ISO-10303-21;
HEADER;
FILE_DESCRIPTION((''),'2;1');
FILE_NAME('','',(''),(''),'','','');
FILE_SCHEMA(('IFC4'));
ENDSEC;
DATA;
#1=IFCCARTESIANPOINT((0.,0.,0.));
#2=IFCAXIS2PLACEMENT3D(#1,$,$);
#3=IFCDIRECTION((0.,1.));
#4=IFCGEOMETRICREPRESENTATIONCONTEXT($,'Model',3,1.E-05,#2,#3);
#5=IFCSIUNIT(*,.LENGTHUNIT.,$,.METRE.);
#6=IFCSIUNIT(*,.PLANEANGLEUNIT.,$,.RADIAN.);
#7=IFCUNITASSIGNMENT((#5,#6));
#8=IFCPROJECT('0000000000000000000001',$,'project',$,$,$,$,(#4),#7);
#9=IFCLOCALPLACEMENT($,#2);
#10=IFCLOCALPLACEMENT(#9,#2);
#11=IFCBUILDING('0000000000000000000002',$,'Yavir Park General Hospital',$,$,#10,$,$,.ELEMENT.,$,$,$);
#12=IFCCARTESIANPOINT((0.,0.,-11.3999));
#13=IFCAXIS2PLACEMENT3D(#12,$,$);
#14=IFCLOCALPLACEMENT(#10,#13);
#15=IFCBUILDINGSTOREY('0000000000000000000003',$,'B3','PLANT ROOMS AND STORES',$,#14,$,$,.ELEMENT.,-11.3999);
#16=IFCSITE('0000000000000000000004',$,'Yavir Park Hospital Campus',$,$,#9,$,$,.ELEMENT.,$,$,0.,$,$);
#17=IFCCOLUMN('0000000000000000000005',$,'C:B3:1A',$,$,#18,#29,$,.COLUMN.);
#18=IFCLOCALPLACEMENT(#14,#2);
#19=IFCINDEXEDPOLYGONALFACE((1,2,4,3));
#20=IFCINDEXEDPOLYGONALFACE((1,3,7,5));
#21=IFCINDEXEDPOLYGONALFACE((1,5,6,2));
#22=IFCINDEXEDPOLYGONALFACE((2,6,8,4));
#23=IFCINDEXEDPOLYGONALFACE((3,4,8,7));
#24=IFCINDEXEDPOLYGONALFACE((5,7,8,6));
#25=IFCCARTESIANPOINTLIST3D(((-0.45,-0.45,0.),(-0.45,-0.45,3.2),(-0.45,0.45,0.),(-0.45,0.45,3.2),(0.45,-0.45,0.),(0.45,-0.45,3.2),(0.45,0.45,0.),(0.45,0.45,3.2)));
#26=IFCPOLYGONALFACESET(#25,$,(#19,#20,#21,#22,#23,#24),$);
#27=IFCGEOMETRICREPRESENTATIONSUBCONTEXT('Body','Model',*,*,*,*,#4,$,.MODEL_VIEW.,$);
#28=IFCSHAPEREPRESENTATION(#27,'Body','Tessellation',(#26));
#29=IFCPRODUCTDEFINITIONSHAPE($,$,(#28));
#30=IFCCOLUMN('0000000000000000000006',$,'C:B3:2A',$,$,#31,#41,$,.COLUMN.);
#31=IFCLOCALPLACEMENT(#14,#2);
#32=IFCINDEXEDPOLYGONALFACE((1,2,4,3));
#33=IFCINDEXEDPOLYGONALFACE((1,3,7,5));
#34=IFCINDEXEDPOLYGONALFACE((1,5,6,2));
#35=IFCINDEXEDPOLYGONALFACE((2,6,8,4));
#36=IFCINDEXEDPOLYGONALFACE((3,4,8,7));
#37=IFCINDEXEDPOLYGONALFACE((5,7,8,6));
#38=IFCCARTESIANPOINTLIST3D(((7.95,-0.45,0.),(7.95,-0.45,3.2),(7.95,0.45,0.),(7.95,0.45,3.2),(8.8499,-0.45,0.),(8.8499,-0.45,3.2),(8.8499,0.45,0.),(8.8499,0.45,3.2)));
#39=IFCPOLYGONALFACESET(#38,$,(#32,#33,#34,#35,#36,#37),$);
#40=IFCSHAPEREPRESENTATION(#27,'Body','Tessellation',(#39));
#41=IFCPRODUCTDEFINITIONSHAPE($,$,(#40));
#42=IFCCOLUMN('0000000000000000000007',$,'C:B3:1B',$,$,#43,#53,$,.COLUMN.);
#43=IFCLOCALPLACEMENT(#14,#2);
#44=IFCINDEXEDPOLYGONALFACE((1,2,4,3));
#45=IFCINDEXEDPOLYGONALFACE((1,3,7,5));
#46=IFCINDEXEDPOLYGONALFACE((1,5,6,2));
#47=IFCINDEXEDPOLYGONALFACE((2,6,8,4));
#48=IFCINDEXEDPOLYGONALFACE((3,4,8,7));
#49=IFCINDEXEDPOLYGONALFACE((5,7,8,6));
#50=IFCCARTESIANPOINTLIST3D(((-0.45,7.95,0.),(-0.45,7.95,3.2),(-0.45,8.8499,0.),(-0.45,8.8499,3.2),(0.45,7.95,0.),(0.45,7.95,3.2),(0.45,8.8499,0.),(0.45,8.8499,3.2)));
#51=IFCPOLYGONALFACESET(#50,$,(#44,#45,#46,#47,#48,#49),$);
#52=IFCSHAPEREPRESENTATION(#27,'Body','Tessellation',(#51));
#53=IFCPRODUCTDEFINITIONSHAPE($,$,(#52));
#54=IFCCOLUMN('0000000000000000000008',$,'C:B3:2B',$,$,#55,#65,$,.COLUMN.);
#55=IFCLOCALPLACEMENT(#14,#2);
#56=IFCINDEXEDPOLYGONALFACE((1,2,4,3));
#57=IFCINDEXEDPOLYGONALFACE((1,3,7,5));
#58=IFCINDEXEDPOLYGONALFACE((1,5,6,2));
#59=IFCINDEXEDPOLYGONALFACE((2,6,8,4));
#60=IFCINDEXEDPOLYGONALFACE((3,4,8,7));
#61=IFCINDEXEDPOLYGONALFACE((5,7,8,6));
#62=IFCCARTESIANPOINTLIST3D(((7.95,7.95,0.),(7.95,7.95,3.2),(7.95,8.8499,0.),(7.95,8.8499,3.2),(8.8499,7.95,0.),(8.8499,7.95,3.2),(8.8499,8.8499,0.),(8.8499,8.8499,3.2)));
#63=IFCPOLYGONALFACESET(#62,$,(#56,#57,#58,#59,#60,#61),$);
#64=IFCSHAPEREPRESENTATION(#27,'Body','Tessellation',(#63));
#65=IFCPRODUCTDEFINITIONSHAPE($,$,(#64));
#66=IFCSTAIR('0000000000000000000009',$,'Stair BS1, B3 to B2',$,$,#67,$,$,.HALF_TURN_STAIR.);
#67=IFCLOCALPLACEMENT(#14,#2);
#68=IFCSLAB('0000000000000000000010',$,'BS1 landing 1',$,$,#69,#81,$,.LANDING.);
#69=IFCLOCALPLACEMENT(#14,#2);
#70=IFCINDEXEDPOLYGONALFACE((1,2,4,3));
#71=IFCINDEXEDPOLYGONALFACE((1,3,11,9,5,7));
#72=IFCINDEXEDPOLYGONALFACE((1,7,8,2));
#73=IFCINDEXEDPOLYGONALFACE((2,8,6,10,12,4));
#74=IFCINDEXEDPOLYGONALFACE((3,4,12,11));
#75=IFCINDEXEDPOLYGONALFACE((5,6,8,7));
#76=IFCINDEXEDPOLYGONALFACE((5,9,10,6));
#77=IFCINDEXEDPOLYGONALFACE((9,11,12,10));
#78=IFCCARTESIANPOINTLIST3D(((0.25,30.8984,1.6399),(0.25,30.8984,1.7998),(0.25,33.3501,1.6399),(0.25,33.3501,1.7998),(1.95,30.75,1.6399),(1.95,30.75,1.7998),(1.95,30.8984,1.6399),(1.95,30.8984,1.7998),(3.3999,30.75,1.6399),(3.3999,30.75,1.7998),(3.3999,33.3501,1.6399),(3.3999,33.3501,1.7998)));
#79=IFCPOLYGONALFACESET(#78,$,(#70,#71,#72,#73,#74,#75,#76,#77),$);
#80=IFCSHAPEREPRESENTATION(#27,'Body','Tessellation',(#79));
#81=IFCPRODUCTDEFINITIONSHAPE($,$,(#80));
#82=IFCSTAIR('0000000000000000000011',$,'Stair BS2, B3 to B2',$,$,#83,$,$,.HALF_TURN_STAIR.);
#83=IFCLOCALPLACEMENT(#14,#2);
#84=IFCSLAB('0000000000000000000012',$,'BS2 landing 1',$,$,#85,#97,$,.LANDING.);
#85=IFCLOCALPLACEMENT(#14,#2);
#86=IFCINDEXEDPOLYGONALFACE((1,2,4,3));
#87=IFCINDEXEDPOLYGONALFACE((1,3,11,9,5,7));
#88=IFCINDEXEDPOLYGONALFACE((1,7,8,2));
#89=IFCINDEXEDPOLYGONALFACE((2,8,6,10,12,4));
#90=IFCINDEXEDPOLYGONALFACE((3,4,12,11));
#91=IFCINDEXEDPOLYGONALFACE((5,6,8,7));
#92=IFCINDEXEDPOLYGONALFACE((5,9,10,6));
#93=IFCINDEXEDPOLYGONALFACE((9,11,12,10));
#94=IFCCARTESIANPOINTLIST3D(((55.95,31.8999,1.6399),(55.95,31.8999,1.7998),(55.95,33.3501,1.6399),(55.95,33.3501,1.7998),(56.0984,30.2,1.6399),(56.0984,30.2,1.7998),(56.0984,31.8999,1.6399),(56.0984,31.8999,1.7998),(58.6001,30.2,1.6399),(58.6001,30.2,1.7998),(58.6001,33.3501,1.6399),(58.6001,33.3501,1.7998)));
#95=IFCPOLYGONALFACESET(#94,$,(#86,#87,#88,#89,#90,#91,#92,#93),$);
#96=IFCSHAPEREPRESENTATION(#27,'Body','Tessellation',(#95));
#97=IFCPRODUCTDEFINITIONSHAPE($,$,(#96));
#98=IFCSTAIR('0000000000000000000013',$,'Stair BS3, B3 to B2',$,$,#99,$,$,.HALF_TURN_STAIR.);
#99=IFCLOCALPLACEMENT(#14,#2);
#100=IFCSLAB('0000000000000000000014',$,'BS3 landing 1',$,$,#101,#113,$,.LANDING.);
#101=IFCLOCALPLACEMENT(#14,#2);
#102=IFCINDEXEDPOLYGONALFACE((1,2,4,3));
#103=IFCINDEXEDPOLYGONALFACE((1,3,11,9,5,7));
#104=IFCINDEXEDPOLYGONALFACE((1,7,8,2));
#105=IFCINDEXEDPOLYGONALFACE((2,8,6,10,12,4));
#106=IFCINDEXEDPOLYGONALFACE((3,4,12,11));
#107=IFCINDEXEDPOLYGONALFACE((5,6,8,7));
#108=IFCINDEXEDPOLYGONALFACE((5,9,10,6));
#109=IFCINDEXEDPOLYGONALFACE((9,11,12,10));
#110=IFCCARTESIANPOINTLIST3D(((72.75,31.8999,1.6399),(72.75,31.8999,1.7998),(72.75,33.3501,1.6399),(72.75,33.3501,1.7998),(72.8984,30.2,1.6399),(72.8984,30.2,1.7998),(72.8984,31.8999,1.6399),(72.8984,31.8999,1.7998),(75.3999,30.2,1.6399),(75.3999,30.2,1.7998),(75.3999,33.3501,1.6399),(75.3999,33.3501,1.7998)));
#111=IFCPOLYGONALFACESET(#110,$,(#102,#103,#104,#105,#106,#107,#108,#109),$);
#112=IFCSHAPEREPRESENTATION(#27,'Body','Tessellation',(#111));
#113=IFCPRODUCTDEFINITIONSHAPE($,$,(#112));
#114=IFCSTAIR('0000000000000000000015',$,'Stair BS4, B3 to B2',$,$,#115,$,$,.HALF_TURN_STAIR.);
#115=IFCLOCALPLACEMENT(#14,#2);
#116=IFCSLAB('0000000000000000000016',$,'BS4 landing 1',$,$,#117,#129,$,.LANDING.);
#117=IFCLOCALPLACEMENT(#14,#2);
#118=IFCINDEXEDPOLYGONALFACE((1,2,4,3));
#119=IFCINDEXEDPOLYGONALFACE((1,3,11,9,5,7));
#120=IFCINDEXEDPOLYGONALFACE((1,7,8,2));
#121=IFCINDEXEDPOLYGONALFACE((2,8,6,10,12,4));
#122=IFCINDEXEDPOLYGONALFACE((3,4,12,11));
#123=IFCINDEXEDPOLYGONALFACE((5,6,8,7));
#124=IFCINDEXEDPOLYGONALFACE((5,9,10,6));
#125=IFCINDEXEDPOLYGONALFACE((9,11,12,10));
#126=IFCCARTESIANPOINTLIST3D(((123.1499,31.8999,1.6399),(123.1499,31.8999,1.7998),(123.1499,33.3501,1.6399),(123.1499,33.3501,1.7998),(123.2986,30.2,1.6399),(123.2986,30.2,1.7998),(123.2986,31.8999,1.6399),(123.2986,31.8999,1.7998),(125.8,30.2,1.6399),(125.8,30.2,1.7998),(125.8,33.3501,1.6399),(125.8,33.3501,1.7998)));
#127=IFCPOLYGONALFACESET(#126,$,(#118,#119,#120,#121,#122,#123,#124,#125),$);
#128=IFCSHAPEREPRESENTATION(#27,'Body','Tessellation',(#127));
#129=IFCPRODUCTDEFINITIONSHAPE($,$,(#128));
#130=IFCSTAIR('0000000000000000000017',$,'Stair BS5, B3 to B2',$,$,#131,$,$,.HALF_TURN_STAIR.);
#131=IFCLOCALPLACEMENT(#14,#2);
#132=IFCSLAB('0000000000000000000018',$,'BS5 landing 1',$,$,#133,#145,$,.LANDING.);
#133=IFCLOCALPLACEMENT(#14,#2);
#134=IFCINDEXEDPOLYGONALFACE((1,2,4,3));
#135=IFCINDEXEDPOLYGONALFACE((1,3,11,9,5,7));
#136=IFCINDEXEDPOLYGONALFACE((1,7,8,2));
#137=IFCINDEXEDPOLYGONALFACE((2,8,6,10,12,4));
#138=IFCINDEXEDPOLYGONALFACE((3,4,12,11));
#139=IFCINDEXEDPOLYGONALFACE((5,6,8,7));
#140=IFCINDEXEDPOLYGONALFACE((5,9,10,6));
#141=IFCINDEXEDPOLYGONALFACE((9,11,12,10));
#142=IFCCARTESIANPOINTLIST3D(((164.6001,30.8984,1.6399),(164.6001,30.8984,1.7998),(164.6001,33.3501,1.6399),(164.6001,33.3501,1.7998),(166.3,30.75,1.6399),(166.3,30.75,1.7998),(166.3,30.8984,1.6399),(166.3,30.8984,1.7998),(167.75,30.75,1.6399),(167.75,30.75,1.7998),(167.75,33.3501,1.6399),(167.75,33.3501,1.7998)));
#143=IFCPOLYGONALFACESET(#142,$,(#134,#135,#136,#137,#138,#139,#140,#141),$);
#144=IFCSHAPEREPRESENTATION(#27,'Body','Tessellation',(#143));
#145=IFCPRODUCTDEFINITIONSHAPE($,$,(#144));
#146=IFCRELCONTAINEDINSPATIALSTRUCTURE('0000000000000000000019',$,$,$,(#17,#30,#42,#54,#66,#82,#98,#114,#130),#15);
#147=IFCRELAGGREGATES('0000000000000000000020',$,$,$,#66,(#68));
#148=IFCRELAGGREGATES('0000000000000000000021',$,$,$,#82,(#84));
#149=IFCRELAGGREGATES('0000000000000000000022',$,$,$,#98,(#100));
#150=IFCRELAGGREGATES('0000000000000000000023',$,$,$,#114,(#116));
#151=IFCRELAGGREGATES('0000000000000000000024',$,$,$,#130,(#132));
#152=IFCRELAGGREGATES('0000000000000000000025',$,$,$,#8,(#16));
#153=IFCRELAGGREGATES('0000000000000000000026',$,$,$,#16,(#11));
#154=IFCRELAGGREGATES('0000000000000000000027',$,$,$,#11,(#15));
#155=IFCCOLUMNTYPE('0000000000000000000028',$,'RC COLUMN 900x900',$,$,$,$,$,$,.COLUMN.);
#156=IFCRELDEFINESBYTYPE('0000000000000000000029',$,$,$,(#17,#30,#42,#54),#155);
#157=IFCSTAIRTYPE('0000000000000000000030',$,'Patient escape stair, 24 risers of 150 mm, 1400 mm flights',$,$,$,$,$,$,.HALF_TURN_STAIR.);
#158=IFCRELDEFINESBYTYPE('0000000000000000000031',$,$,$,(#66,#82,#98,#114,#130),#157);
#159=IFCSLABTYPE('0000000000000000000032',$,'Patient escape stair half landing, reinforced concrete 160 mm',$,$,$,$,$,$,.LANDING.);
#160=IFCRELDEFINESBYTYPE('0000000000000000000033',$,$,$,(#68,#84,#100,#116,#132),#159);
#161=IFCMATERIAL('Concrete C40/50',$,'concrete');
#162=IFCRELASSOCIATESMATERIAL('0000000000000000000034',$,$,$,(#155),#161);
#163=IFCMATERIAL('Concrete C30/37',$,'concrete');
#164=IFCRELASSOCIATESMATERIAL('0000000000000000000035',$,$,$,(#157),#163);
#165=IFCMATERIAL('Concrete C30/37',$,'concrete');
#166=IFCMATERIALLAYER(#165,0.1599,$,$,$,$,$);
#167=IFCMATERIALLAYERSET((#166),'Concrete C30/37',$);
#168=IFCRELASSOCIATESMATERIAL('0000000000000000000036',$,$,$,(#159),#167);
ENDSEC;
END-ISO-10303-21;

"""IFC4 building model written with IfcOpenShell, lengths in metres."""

from ifc_helpers import new_model, si_unit, direction, frame, origin, origin_2d, place, context, subcontext, project, spatial, polyline, rectangle, outline, extrude, material, layer, layer_set, material_profile, profile_set, type_object, element, aggregate, save


model = new_model("IFC4")

# Units and contexts
model_context = context("Model", 3, precision=1e-05, world=origin(), true_north=direction((0.0, 1.0)))
body_context = subcontext(model_context, "Body", "Model", "MODEL_VIEW")
ifc_project = project(units=[si_unit("LENGTHUNIT", "METRE"), si_unit("PLANEANGLEUNIT", "RADIAN")], contexts=[model_context])

# Site, building, storey
site_placement = place(None, origin())
site = spatial("IfcSite", under=ifc_project, at=site_placement, Name="Yavir Park Hospital Campus", CompositionType="ELEMENT", RefElevation=0.0)
building_placement = place(site_placement, origin())
building = spatial("IfcBuilding", under=site, at=building_placement, Name="Yavir Park General Hospital", CompositionType="ELEMENT")
storey_placement = place(building_placement, frame((0.0, 0.0, -11.3999)))
storey = spatial("IfcBuildingStorey", under=building, at=storey_placement, Name="B3", Description="PLANT ROOMS AND STORES", CompositionType="ELEMENT", Elevation=-11.3999)

# Columns
ifc_material_1 = material(Name="Concrete C40/50", Category="concrete")
ifc_material_profile = material_profile(ifc_material_1, rectangle(XDim=0.8999, YDim=0.8999, at=origin_2d()), Name="RC900x900")
ifc_profile_set = profile_set([ifc_material_profile], Name="Concrete C40/50")
column_type = type_object("IfcColumnType", Name="RC COLUMN 900x900", PredefinedType="COLUMN", material=ifc_profile_set)
for number, where, z_axis, x_axis, name in (
    (1, (0.0, 0.0, 0.0), (0.0, 0.0, 1.0), (1.0, 0.0, 0.0), "C:B3:1A"),
    (2, (8.3999, 0.0, 0.0), (0.0, 0.0, 1.0), (1.0, 0.0, 0.0), "C:B3:2A"),
    (3, (0.0, 8.3999, 0.0), (0.0, 0.0, 1.0), (1.0, 0.0, 0.0), "C:B3:1B"),
    (4, (8.3999, 8.3999, 0.0), (0.0, 0.0, 1.0), (1.0, 0.0, 0.0), "C:B3:2B"),
):
    element("IfcColumn", number, at=place(storey_placement, frame(where, z_axis=z_axis, x_axis=x_axis)), inside=storey, type_object=column_type, Name=name, PredefinedType="COLUMN", context=body_context, shape_type="SweptSolid", body=[
        extrude(rectangle(XDim=0.8999, YDim=0.8999, at=origin_2d()), origin(), (0.0, 0.0, 1.0), 3.2),
    ])

# Stairs, slabs
ifc_material_2 = material(Name="Concrete C30/37", Category="concrete")
stair_type = type_object("IfcStairType", Name="Patient escape stair, 24 risers of 150 mm, 1400 mm flights", PredefinedType="HALF_TURN_STAIR", material=ifc_material_2)
stair_1_placement = place(storey_placement, origin())
stair_1 = element("IfcStair", 5, at=stair_1_placement, inside=storey, type_object=stair_type, Name="Stair BS1, B3 to B2", PredefinedType="HALF_TURN_STAIR")
ifc_material_3 = material(Name="Concrete C30/37", Category="concrete")
ifc_layer_1 = layer(ifc_material_3, 0.1599)
ifc_layer_set_1 = layer_set([ifc_layer_1], Name="Concrete C30/37")
slab_type_1 = type_object("IfcSlabType", Name="Patient escape stair half landing, reinforced concrete 160 mm", PredefinedType="LANDING", material=ifc_layer_set_1)
slab_1_placement = place(storey_placement, frame((0.0, 0.0, 1.6399)))
slab_1 = element("IfcSlab", 6, at=slab_1_placement, type_object=slab_type_1, Name="BS1 landing 1", PredefinedType="LANDING", context=body_context, shape_type="SweptSolid", body=[
    extrude(outline(polyline([(0.25, 30.8984), (0.25, 33.3501), (3.3999, 33.3501), (3.3999, 30.75), (1.95, 30.75), (1.95, 30.8984), (0.25, 30.8984)])), origin(), (0.0, 0.0, 1.0), 0.1599),
])
aggregate(stair_1, [slab_1])
stair_2_placement = place(storey_placement, origin())
stair_2 = element("IfcStair", 7, at=stair_2_placement, inside=storey, type_object=stair_type, Name="Stair BS2, B3 to B2", PredefinedType="HALF_TURN_STAIR")
slab_2_placement = place(storey_placement, frame((0.0, 0.0, 1.6399)))
slab_2 = element("IfcSlab", 8, at=slab_2_placement, type_object=slab_type_1, Name="BS2 landing 1", PredefinedType="LANDING", context=body_context, shape_type="SweptSolid", body=[
    extrude(outline(polyline([(56.0984, 30.2), (58.6001, 30.2), (58.6001, 33.3501), (55.95, 33.3501), (55.95, 31.8999), (56.0984, 31.8999), (56.0984, 30.2)])), origin(), (0.0, 0.0, 1.0), 0.1599),
])
aggregate(stair_2, [slab_2])
stair_3_placement = place(storey_placement, origin())
stair_3 = element("IfcStair", 9, at=stair_3_placement, inside=storey, type_object=stair_type, Name="Stair BS3, B3 to B2", PredefinedType="HALF_TURN_STAIR")
slab_3_placement = place(storey_placement, frame((0.0, 0.0, 1.6399)))
slab_3 = element("IfcSlab", 10, at=slab_3_placement, type_object=slab_type_1, Name="BS3 landing 1", PredefinedType="LANDING", context=body_context, shape_type="SweptSolid", body=[
    extrude(outline(polyline([(72.8984, 30.2), (75.3999, 30.2), (75.3999, 33.3501), (72.75, 33.3501), (72.75, 31.8999), (72.8984, 31.8999), (72.8984, 30.2)])), origin(), (0.0, 0.0, 1.0), 0.1599),
])
aggregate(stair_3, [slab_3])
stair_4_placement = place(storey_placement, origin())
stair_4 = element("IfcStair", 11, at=stair_4_placement, inside=storey, type_object=stair_type, Name="Stair BS4, B3 to B2", PredefinedType="HALF_TURN_STAIR")
slab_4_placement = place(storey_placement, frame((0.0, 0.0, 1.6399)))
slab_4 = element("IfcSlab", 12, at=slab_4_placement, type_object=slab_type_1, Name="BS4 landing 1", PredefinedType="LANDING", context=body_context, shape_type="SweptSolid", body=[
    extrude(outline(polyline([(123.2986, 30.2), (125.8, 30.2), (125.8, 33.3501), (123.1499, 33.3501), (123.1499, 31.8999), (123.2986, 31.8999), (123.2986, 30.2)])), origin(), (0.0, 0.0, 1.0), 0.1599),
])
aggregate(stair_4, [slab_4])
stair_5_placement = place(storey_placement, origin())
stair_5 = element("IfcStair", 13, at=stair_5_placement, inside=storey, type_object=stair_type, Name="Stair BS5, B3 to B2", PredefinedType="HALF_TURN_STAIR")
slab_5_placement = place(storey_placement, frame((0.0, 0.0, 1.6399)))
slab_5 = element("IfcSlab", 14, at=slab_5_placement, type_object=slab_type_1, Name="BS5 landing 1", PredefinedType="LANDING", context=body_context, shape_type="SweptSolid", body=[
    extrude(outline(polyline([(164.6001, 30.8984), (164.6001, 33.3501), (167.75, 33.3501), (167.75, 30.75), (166.3, 30.75), (166.3, 30.8984), (164.6001, 30.8984)])), origin(), (0.0, 0.0, 1.0), 0.1599),
])
aggregate(stair_5, [slab_5])

save(model, "model.ifc")
